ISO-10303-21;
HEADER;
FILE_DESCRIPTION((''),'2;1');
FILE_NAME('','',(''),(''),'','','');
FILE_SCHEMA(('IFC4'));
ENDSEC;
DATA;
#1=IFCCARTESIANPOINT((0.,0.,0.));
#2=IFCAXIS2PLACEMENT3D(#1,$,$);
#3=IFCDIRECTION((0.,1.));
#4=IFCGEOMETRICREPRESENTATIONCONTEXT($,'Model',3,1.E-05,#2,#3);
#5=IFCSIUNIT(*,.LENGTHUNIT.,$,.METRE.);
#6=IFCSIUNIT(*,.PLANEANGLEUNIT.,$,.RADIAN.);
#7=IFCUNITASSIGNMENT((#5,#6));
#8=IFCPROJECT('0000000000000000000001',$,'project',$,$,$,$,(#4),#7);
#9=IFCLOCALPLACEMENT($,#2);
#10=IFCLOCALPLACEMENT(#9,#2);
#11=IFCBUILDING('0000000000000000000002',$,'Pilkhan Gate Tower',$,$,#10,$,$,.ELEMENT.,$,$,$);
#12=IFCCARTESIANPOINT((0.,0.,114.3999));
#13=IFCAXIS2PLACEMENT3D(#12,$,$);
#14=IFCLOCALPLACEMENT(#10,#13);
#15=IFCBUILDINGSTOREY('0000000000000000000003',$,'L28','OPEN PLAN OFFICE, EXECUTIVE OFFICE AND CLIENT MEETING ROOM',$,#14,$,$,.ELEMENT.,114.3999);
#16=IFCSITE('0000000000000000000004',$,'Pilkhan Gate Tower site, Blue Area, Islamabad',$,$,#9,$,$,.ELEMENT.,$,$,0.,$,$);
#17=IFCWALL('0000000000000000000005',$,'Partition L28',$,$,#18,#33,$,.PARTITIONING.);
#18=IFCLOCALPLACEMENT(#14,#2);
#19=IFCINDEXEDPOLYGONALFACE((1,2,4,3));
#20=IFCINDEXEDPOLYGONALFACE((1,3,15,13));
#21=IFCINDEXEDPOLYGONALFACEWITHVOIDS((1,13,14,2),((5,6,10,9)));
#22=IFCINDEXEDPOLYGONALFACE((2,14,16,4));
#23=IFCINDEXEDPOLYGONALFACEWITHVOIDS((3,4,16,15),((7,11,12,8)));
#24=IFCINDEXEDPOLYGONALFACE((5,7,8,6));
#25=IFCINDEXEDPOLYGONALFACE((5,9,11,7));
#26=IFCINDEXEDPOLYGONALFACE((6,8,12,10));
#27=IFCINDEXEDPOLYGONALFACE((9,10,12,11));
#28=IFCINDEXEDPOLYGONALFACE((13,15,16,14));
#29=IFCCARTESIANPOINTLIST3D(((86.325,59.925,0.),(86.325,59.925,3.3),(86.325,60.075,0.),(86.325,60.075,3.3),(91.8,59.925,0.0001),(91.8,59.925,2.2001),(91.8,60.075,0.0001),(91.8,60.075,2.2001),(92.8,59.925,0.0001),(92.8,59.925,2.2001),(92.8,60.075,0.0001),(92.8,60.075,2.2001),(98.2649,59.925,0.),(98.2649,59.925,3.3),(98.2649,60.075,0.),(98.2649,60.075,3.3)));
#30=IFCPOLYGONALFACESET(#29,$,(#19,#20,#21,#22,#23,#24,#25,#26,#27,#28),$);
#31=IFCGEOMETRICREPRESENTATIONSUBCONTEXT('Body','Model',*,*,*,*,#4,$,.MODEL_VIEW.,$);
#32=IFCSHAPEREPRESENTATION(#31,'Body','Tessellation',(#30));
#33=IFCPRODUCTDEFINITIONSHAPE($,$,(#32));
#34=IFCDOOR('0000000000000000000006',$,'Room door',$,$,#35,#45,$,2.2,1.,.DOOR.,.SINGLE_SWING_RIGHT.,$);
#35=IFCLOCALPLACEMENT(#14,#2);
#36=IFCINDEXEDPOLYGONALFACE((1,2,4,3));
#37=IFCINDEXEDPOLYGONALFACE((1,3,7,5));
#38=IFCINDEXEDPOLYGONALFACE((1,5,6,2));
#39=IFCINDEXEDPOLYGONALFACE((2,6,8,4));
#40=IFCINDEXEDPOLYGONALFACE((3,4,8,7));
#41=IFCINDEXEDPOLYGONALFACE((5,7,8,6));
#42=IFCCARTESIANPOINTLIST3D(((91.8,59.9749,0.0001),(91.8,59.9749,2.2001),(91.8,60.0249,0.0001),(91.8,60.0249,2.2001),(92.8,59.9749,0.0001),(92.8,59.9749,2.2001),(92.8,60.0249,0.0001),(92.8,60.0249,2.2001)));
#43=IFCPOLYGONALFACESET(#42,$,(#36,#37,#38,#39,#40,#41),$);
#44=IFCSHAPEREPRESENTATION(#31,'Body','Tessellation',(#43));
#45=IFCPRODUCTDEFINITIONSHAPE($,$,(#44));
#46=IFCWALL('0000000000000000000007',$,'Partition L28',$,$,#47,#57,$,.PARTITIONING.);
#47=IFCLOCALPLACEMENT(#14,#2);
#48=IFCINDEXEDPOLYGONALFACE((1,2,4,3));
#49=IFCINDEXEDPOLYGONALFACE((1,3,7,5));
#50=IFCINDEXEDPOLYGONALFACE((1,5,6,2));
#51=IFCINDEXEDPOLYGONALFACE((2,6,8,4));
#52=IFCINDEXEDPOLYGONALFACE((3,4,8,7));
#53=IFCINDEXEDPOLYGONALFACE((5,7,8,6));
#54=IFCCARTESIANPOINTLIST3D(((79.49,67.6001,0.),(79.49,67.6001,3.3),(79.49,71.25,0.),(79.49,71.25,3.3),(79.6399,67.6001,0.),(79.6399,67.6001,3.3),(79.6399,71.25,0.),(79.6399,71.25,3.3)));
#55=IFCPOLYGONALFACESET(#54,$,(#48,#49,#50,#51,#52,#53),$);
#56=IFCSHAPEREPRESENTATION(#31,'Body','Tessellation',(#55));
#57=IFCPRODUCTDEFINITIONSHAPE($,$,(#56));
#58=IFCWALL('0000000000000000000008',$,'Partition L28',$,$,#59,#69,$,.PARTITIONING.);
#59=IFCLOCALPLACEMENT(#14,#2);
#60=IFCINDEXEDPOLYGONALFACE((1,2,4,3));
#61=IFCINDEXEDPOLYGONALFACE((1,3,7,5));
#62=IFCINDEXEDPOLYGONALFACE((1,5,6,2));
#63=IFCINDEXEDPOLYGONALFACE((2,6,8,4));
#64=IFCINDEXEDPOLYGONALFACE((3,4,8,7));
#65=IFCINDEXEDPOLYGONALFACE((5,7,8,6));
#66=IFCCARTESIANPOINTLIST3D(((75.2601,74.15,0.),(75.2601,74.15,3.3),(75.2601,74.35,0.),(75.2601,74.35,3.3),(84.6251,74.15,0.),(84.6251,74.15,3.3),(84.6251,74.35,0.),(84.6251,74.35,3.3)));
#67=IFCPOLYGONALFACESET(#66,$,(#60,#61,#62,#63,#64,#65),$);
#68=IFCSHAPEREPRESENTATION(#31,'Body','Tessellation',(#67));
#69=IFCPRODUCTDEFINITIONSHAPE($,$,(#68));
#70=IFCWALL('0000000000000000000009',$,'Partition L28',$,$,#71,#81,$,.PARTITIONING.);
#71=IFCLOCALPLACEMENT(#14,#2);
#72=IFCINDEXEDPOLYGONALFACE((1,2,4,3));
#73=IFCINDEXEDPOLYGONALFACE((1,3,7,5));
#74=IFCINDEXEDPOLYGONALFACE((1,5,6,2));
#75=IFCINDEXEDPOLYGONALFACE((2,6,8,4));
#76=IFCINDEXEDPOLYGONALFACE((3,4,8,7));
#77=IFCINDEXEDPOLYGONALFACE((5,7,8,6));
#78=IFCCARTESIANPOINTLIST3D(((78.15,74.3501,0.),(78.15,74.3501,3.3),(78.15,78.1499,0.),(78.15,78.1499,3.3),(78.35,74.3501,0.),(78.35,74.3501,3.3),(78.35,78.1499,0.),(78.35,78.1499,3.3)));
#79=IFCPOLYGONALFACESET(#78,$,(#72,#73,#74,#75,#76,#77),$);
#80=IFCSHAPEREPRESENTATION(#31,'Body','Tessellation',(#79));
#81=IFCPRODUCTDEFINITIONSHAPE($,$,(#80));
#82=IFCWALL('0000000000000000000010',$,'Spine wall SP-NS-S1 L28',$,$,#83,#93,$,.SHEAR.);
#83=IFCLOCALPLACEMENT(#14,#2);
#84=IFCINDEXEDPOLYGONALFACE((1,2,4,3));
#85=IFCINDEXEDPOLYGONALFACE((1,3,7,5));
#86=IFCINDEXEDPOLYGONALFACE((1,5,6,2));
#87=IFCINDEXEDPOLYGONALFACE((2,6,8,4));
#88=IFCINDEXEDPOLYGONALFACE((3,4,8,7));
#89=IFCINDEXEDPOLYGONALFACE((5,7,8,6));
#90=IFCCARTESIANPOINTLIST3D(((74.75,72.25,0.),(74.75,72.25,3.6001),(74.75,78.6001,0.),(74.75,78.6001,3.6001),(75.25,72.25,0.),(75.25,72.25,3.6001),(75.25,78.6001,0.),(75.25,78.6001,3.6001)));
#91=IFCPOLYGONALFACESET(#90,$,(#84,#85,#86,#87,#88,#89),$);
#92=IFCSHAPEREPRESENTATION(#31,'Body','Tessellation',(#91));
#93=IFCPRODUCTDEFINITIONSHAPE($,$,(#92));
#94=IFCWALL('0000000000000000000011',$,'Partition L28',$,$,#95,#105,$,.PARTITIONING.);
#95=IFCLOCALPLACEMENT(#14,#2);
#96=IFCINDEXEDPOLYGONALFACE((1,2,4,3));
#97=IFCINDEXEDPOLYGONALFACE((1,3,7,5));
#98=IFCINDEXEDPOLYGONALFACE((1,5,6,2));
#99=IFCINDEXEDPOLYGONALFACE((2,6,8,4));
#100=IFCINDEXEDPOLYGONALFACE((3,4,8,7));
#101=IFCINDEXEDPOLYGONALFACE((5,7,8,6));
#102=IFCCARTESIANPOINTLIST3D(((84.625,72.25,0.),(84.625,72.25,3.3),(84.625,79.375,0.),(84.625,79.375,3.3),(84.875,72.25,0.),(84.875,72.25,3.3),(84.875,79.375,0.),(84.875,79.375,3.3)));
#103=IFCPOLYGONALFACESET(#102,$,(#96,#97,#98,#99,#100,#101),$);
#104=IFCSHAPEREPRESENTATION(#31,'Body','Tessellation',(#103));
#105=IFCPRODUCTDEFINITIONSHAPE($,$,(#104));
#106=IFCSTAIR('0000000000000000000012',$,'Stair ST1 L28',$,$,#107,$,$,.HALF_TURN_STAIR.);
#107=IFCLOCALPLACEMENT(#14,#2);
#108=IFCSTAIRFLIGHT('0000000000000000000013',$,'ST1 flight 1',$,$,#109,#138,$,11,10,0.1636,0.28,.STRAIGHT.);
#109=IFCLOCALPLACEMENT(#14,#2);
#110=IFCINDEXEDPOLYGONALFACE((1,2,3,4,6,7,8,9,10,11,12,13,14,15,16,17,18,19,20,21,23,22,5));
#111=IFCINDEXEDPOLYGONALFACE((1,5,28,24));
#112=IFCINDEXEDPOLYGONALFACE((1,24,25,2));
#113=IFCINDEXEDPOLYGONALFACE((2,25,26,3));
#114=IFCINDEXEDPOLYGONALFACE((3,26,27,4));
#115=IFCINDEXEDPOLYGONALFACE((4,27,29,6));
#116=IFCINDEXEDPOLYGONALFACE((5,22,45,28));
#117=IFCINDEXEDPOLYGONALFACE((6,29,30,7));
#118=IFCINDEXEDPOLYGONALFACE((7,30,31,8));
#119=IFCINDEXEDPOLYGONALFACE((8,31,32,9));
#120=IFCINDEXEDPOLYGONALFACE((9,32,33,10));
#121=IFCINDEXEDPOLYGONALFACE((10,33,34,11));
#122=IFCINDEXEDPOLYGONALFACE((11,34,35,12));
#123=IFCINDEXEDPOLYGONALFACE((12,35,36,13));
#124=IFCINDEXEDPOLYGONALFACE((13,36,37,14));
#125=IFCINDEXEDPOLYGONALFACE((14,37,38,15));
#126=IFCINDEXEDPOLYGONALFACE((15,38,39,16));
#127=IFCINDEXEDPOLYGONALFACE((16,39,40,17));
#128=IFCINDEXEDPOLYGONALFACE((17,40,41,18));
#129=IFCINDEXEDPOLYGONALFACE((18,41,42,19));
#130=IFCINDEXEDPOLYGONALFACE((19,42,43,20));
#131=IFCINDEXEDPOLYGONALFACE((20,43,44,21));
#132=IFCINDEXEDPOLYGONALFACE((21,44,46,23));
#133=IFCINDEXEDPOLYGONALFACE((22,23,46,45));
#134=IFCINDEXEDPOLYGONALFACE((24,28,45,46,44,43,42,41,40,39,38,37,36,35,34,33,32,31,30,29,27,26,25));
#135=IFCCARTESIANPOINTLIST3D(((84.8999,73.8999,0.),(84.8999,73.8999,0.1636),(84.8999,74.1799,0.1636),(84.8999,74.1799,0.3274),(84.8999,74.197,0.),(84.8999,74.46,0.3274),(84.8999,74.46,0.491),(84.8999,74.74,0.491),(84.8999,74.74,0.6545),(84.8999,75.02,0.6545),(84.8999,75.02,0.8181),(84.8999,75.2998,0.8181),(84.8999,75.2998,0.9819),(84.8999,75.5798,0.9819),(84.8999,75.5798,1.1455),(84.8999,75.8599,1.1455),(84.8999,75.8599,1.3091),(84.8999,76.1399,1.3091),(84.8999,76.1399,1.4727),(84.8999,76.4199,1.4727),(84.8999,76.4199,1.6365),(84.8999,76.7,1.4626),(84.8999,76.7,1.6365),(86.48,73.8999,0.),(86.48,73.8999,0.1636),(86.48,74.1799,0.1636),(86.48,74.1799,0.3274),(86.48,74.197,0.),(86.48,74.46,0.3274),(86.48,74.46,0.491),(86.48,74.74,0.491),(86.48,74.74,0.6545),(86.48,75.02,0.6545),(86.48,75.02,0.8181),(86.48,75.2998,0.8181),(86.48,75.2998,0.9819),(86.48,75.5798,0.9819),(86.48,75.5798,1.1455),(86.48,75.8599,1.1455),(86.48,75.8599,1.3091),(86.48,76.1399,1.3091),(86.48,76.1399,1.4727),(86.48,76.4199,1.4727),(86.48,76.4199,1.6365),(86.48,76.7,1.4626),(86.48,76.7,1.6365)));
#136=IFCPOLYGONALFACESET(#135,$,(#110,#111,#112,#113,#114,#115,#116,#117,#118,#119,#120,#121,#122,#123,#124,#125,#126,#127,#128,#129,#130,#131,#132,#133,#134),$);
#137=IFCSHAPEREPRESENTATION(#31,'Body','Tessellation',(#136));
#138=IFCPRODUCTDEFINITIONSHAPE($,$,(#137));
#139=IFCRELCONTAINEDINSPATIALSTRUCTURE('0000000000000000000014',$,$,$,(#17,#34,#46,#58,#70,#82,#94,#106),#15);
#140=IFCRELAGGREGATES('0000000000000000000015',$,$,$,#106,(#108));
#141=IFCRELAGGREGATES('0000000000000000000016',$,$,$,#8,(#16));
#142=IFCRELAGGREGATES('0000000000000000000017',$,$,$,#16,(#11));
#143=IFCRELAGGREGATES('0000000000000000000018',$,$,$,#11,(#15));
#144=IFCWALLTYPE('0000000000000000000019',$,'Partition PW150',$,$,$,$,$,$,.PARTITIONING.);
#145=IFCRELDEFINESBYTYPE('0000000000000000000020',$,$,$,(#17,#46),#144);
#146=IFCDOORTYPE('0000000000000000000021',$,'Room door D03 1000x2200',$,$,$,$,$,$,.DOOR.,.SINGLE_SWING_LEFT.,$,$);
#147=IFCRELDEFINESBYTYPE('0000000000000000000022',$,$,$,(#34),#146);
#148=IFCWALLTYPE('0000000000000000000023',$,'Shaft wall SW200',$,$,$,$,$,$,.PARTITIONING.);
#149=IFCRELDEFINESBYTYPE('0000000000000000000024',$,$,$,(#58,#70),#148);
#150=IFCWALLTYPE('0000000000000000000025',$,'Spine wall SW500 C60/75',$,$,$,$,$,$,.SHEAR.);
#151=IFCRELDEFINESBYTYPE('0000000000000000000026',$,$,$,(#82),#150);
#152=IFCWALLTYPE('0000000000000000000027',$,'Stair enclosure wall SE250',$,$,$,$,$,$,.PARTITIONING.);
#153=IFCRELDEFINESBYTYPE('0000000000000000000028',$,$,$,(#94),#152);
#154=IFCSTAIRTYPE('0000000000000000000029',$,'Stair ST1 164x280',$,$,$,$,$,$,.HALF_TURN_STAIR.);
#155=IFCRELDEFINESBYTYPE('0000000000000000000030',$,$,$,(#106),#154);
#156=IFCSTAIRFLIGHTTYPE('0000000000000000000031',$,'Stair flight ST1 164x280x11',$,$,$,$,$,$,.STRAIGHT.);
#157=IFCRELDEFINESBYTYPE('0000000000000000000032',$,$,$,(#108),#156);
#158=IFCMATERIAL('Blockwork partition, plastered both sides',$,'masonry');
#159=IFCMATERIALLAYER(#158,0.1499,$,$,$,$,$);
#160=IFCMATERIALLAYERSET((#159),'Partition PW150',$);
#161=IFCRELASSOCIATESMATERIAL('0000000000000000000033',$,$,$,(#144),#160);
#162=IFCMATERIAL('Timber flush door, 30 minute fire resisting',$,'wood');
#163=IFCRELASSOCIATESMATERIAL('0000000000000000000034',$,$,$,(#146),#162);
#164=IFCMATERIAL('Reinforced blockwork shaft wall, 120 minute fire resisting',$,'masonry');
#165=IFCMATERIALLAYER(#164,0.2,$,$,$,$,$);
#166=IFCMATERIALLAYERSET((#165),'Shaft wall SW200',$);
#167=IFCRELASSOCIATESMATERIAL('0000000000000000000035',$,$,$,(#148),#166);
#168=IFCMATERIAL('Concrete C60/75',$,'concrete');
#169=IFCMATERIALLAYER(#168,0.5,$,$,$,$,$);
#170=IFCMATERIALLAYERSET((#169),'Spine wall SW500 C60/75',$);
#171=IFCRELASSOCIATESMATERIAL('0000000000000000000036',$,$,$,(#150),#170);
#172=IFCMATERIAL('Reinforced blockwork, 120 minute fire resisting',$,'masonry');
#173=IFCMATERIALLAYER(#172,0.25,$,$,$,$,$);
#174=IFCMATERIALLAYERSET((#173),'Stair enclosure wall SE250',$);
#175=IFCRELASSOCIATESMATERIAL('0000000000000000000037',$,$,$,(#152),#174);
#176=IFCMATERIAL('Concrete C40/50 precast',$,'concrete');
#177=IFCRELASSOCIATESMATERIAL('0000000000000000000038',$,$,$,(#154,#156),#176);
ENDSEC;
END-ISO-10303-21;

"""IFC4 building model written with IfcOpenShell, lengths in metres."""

from ifc_helpers import new_model, si_unit, direction, frame, frame_2d, origin, place, context, subcontext, project, spatial, polyline, rectangle, outline, extrude, material, layer, layer_set, type_object, element, fill, aggregate, save


model = new_model("IFC4")

# Units and contexts
model_context = context("Model", 3, precision=1e-05, world=origin(), true_north=direction((0.0, 1.0)))
body_context = subcontext(model_context, "Body", "Model", "MODEL_VIEW")
ifc_project = project(units=[si_unit("LENGTHUNIT", "METRE"), si_unit("PLANEANGLEUNIT", "RADIAN")], contexts=[model_context])

# Site, building, storey
site_placement = place(None, origin())
site = spatial("IfcSite", under=ifc_project, at=site_placement, Name="Pilkhan Gate Tower site, Blue Area, Islamabad", CompositionType="ELEMENT", RefElevation=0.0)
building_placement = place(site_placement, origin())
building = spatial("IfcBuilding", under=site, at=building_placement, Name="Pilkhan Gate Tower", CompositionType="ELEMENT")
storey_placement = place(building_placement, frame((0.0, 0.0, 114.3999)))
storey = spatial("IfcBuildingStorey", under=building, at=storey_placement, Name="L28", Description="OPEN PLAN OFFICE, EXECUTIVE OFFICE AND CLIENT MEETING ROOM", CompositionType="ELEMENT", Elevation=114.3999)

# Shared definitions
ifc_material_1 = material(Name="Concrete C60/75", Category="concrete")

# Wall, opening, door
ifc_material_2 = material(Name="Blockwork partition, plastered both sides", Category="masonry")
ifc_layer_1 = layer(ifc_material_2, 0.1499)
ifc_layer_set_1 = layer_set([ifc_layer_1], Name="Partition PW150")
wall_type_1 = type_object("IfcWallType", Name="Partition PW150", PredefinedType="PARTITIONING", material=ifc_layer_set_1)
wall_1_placement = place(storey_placement, frame((86.325, 60.0, 0.0), z_axis=(0.0, 0.0, 1.0), x_axis=(1.0, 0.0, 0.0)))
wall_1 = element("IfcWall", 1, at=wall_1_placement, inside=storey, type_object=wall_type_1, Name="Partition L28", PredefinedType="PARTITIONING", context=body_context, shape_type="SweptSolid", body=[
    extrude(rectangle(XDim=11.9399, YDim=0.1499, at=frame_2d((5.97, 0.0))), origin(), (0.0, 0.0, 1.0), 3.3),
])
opening_1_placement = place(wall_1_placement, frame((5.4751, 0.0, 0.0)))
opening_1 = element("IfcOpeningElement", 2, at=opening_1_placement, cuts=wall_1, PredefinedType="OPENING", context=body_context, shape_type="SweptSolid", body=[
    extrude(rectangle(XDim=1.0, YDim=2.2, at=frame_2d((0.5, 1.1001))), frame((0.0, 0.085, 0.0), z_axis=(0.0, -1.0, 0.0), x_axis=(1.0, 0.0, 0.0)), (0.0, 0.0, 1.0), 0.1699),
])
ifc_material_3 = material(Name="Timber flush door, 30 minute fire resisting", Category="wood")
door_type_1 = type_object("IfcDoorType", Name="Room door D03 1000x2200", OperationType="SINGLE_SWING_LEFT", PredefinedType="DOOR", material=ifc_material_3)
door_1_placement = place(opening_1_placement, origin())
door_1 = element("IfcDoor", 3, at=door_1_placement, inside=storey, type_object=door_type_1, Name="Room door", OperationType="SINGLE_SWING_RIGHT", OverallHeight=2.2, OverallWidth=1.0, PredefinedType="DOOR", context=body_context, shape_type="SweptSolid", body=[
    extrude(rectangle(XDim=1.0, YDim=2.2, at=frame_2d((0.5, 1.1001))), frame((0.0, 0.0249, 0.0), z_axis=(0.0, -1.0, 0.0), x_axis=(1.0, 0.0, 0.0)), (0.0, 0.0, 1.0), 0.05),
])
fill(opening_1, door_1)

# Walls
wall_2_placement = place(storey_placement, frame((79.5649, 67.6001, 0.0), z_axis=(0.0, 0.0, 1.0), x_axis=(0.0, 1.0, 0.0)))
element("IfcWall", 4, at=wall_2_placement, inside=storey, type_object=wall_type_1, Name="Partition L28", PredefinedType="PARTITIONING", context=body_context, shape_type="SweptSolid", body=[
    extrude(rectangle(XDim=3.6499, YDim=0.1499, at=frame_2d((1.825, 0.0))), origin(), (0.0, 0.0, 1.0), 3.3),
])
ifc_material_4 = material(Name="Reinforced blockwork shaft wall, 120 minute fire resisting", Category="masonry")
ifc_layer_2 = layer(ifc_material_4, 0.2)
ifc_layer_set_2 = layer_set([ifc_layer_2], Name="Shaft wall SW200")
wall_type_2 = type_object("IfcWallType", Name="Shaft wall SW200", PredefinedType="PARTITIONING", material=ifc_layer_set_2)
wall_3_placement = place(storey_placement, frame((75.26, 74.25, 0.0), z_axis=(0.0, 0.0, 1.0), x_axis=(1.0, 0.0, 0.0)))
element("IfcWall", 5, at=wall_3_placement, inside=storey, type_object=wall_type_2, Name="Partition L28", PredefinedType="PARTITIONING", context=body_context, shape_type="SweptSolid", body=[
    extrude(rectangle(XDim=9.365, YDim=0.2, at=frame_2d((4.6826, 0.0))), origin(), (0.0, 0.0, 1.0), 3.3),
])
wall_4_placement = place(storey_placement, frame((78.25, 74.3501, 0.0), z_axis=(0.0, 0.0, 1.0), x_axis=(0.0, 1.0, 0.0)))
element("IfcWall", 6, at=wall_4_placement, inside=storey, type_object=wall_type_2, Name="Partition L28", PredefinedType="PARTITIONING", context=body_context, shape_type="SweptSolid", body=[
    extrude(rectangle(XDim=3.7998, YDim=0.2, at=frame_2d((1.8999, 0.0))), origin(), (0.0, 0.0, 1.0), 3.3),
])
ifc_layer_3 = layer(ifc_material_1, 0.5)
ifc_layer_set_3 = layer_set([ifc_layer_3], Name="Spine wall SW500 C60/75")
wall_type_3 = type_object("IfcWallType", Name="Spine wall SW500 C60/75", PredefinedType="SHEAR", material=ifc_layer_set_3)
wall_5_placement = place(storey_placement, frame((75.0, 72.25, 0.0), z_axis=(0.0, 0.0, 1.0), x_axis=(0.0, 1.0, 0.0)))
element("IfcWall", 7, at=wall_5_placement, inside=storey, type_object=wall_type_3, Name="Spine wall SP-NS-S1 L28", PredefinedType="SHEAR", context=body_context, shape_type="SweptSolid", body=[
    extrude(rectangle(XDim=6.3501, YDim=0.5, at=frame_2d((3.175, 0.0))), origin(), (0.0, 0.0, 1.0), 3.6001),
])
ifc_material_5 = material(Name="Reinforced blockwork, 120 minute fire resisting", Category="masonry")
ifc_layer_4 = layer(ifc_material_5, 0.25)
ifc_layer_set_4 = layer_set([ifc_layer_4], Name="Stair enclosure wall SE250")
wall_type_4 = type_object("IfcWallType", Name="Stair enclosure wall SE250", PredefinedType="PARTITIONING", material=ifc_layer_set_4)
wall_6_placement = place(storey_placement, frame((84.75, 72.25, 0.0), z_axis=(0.0, 0.0, 1.0), x_axis=(0.0, 1.0, 0.0)))
element("IfcWall", 8, at=wall_6_placement, inside=storey, type_object=wall_type_4, Name="Partition L28", PredefinedType="PARTITIONING", context=body_context, shape_type="SweptSolid", body=[
    extrude(rectangle(XDim=7.125, YDim=0.25, at=frame_2d((3.5625, 0.0))), origin(), (0.0, 0.0, 1.0), 3.3),
])

# Stair, stair flight
ifc_material_6 = material(Name="Concrete C40/50 precast", Category="concrete")
stair_type = type_object("IfcStairType", Name="Stair ST1 164x280", PredefinedType="HALF_TURN_STAIR", material=ifc_material_6)
stair_placement = place(storey_placement, origin())
stair = element("IfcStair", 9, at=stair_placement, inside=storey, type_object=stair_type, Name="Stair ST1 L28", PredefinedType="HALF_TURN_STAIR")
stair_flight_type = type_object("IfcStairFlightType", Name="Stair flight ST1 164x280x11", PredefinedType="STRAIGHT", material=ifc_material_6)
stair_flight_placement = place(storey_placement, frame((85.6899, 73.8999, 0.0), z_axis=(0.0, 0.0, 1.0), x_axis=(0.0, 1.0, 0.0)))
stair_flight = element("IfcStairFlight", 10, at=stair_flight_placement, type_object=stair_flight_type, Name="ST1 flight 1", NumberOfRisers=11, NumberOfTreads=10, PredefinedType="STRAIGHT", RiserHeight=0.1636, TreadLength=0.28, context=body_context, shape_type="SweptSolid", body=[
    extrude(outline(polyline([(0.0, 0.0), (0.0, 0.1636), (0.28, 0.1636), (0.28, 0.3274), (0.5601, 0.3274), (0.5601, 0.491), (0.8401, 0.491), (0.8401, 0.6545), (1.1201, 0.6545), (1.1201, 0.8181), (1.3999, 0.8181), (1.3999, 0.9819), (1.6799, 0.9819), (1.6799, 1.1455), (1.96, 1.1455), (1.96, 1.3091), (2.24, 1.3091), (2.24, 1.4727), (2.52, 1.4727), (2.52, 1.6365), (2.8, 1.6365), (2.8, 1.8), (2.8, 1.4626), (0.2971, 0.0), (0.0, 0.0)])), frame((0.0, 0.79, 0.0), z_axis=(0.0, -1.0, 0.0), x_axis=(1.0, 0.0, 0.0)), (0.0, 0.0, 1.0), 1.5801),
])
aggregate(stair, [stair_flight])

save(model, "model.ifc")
